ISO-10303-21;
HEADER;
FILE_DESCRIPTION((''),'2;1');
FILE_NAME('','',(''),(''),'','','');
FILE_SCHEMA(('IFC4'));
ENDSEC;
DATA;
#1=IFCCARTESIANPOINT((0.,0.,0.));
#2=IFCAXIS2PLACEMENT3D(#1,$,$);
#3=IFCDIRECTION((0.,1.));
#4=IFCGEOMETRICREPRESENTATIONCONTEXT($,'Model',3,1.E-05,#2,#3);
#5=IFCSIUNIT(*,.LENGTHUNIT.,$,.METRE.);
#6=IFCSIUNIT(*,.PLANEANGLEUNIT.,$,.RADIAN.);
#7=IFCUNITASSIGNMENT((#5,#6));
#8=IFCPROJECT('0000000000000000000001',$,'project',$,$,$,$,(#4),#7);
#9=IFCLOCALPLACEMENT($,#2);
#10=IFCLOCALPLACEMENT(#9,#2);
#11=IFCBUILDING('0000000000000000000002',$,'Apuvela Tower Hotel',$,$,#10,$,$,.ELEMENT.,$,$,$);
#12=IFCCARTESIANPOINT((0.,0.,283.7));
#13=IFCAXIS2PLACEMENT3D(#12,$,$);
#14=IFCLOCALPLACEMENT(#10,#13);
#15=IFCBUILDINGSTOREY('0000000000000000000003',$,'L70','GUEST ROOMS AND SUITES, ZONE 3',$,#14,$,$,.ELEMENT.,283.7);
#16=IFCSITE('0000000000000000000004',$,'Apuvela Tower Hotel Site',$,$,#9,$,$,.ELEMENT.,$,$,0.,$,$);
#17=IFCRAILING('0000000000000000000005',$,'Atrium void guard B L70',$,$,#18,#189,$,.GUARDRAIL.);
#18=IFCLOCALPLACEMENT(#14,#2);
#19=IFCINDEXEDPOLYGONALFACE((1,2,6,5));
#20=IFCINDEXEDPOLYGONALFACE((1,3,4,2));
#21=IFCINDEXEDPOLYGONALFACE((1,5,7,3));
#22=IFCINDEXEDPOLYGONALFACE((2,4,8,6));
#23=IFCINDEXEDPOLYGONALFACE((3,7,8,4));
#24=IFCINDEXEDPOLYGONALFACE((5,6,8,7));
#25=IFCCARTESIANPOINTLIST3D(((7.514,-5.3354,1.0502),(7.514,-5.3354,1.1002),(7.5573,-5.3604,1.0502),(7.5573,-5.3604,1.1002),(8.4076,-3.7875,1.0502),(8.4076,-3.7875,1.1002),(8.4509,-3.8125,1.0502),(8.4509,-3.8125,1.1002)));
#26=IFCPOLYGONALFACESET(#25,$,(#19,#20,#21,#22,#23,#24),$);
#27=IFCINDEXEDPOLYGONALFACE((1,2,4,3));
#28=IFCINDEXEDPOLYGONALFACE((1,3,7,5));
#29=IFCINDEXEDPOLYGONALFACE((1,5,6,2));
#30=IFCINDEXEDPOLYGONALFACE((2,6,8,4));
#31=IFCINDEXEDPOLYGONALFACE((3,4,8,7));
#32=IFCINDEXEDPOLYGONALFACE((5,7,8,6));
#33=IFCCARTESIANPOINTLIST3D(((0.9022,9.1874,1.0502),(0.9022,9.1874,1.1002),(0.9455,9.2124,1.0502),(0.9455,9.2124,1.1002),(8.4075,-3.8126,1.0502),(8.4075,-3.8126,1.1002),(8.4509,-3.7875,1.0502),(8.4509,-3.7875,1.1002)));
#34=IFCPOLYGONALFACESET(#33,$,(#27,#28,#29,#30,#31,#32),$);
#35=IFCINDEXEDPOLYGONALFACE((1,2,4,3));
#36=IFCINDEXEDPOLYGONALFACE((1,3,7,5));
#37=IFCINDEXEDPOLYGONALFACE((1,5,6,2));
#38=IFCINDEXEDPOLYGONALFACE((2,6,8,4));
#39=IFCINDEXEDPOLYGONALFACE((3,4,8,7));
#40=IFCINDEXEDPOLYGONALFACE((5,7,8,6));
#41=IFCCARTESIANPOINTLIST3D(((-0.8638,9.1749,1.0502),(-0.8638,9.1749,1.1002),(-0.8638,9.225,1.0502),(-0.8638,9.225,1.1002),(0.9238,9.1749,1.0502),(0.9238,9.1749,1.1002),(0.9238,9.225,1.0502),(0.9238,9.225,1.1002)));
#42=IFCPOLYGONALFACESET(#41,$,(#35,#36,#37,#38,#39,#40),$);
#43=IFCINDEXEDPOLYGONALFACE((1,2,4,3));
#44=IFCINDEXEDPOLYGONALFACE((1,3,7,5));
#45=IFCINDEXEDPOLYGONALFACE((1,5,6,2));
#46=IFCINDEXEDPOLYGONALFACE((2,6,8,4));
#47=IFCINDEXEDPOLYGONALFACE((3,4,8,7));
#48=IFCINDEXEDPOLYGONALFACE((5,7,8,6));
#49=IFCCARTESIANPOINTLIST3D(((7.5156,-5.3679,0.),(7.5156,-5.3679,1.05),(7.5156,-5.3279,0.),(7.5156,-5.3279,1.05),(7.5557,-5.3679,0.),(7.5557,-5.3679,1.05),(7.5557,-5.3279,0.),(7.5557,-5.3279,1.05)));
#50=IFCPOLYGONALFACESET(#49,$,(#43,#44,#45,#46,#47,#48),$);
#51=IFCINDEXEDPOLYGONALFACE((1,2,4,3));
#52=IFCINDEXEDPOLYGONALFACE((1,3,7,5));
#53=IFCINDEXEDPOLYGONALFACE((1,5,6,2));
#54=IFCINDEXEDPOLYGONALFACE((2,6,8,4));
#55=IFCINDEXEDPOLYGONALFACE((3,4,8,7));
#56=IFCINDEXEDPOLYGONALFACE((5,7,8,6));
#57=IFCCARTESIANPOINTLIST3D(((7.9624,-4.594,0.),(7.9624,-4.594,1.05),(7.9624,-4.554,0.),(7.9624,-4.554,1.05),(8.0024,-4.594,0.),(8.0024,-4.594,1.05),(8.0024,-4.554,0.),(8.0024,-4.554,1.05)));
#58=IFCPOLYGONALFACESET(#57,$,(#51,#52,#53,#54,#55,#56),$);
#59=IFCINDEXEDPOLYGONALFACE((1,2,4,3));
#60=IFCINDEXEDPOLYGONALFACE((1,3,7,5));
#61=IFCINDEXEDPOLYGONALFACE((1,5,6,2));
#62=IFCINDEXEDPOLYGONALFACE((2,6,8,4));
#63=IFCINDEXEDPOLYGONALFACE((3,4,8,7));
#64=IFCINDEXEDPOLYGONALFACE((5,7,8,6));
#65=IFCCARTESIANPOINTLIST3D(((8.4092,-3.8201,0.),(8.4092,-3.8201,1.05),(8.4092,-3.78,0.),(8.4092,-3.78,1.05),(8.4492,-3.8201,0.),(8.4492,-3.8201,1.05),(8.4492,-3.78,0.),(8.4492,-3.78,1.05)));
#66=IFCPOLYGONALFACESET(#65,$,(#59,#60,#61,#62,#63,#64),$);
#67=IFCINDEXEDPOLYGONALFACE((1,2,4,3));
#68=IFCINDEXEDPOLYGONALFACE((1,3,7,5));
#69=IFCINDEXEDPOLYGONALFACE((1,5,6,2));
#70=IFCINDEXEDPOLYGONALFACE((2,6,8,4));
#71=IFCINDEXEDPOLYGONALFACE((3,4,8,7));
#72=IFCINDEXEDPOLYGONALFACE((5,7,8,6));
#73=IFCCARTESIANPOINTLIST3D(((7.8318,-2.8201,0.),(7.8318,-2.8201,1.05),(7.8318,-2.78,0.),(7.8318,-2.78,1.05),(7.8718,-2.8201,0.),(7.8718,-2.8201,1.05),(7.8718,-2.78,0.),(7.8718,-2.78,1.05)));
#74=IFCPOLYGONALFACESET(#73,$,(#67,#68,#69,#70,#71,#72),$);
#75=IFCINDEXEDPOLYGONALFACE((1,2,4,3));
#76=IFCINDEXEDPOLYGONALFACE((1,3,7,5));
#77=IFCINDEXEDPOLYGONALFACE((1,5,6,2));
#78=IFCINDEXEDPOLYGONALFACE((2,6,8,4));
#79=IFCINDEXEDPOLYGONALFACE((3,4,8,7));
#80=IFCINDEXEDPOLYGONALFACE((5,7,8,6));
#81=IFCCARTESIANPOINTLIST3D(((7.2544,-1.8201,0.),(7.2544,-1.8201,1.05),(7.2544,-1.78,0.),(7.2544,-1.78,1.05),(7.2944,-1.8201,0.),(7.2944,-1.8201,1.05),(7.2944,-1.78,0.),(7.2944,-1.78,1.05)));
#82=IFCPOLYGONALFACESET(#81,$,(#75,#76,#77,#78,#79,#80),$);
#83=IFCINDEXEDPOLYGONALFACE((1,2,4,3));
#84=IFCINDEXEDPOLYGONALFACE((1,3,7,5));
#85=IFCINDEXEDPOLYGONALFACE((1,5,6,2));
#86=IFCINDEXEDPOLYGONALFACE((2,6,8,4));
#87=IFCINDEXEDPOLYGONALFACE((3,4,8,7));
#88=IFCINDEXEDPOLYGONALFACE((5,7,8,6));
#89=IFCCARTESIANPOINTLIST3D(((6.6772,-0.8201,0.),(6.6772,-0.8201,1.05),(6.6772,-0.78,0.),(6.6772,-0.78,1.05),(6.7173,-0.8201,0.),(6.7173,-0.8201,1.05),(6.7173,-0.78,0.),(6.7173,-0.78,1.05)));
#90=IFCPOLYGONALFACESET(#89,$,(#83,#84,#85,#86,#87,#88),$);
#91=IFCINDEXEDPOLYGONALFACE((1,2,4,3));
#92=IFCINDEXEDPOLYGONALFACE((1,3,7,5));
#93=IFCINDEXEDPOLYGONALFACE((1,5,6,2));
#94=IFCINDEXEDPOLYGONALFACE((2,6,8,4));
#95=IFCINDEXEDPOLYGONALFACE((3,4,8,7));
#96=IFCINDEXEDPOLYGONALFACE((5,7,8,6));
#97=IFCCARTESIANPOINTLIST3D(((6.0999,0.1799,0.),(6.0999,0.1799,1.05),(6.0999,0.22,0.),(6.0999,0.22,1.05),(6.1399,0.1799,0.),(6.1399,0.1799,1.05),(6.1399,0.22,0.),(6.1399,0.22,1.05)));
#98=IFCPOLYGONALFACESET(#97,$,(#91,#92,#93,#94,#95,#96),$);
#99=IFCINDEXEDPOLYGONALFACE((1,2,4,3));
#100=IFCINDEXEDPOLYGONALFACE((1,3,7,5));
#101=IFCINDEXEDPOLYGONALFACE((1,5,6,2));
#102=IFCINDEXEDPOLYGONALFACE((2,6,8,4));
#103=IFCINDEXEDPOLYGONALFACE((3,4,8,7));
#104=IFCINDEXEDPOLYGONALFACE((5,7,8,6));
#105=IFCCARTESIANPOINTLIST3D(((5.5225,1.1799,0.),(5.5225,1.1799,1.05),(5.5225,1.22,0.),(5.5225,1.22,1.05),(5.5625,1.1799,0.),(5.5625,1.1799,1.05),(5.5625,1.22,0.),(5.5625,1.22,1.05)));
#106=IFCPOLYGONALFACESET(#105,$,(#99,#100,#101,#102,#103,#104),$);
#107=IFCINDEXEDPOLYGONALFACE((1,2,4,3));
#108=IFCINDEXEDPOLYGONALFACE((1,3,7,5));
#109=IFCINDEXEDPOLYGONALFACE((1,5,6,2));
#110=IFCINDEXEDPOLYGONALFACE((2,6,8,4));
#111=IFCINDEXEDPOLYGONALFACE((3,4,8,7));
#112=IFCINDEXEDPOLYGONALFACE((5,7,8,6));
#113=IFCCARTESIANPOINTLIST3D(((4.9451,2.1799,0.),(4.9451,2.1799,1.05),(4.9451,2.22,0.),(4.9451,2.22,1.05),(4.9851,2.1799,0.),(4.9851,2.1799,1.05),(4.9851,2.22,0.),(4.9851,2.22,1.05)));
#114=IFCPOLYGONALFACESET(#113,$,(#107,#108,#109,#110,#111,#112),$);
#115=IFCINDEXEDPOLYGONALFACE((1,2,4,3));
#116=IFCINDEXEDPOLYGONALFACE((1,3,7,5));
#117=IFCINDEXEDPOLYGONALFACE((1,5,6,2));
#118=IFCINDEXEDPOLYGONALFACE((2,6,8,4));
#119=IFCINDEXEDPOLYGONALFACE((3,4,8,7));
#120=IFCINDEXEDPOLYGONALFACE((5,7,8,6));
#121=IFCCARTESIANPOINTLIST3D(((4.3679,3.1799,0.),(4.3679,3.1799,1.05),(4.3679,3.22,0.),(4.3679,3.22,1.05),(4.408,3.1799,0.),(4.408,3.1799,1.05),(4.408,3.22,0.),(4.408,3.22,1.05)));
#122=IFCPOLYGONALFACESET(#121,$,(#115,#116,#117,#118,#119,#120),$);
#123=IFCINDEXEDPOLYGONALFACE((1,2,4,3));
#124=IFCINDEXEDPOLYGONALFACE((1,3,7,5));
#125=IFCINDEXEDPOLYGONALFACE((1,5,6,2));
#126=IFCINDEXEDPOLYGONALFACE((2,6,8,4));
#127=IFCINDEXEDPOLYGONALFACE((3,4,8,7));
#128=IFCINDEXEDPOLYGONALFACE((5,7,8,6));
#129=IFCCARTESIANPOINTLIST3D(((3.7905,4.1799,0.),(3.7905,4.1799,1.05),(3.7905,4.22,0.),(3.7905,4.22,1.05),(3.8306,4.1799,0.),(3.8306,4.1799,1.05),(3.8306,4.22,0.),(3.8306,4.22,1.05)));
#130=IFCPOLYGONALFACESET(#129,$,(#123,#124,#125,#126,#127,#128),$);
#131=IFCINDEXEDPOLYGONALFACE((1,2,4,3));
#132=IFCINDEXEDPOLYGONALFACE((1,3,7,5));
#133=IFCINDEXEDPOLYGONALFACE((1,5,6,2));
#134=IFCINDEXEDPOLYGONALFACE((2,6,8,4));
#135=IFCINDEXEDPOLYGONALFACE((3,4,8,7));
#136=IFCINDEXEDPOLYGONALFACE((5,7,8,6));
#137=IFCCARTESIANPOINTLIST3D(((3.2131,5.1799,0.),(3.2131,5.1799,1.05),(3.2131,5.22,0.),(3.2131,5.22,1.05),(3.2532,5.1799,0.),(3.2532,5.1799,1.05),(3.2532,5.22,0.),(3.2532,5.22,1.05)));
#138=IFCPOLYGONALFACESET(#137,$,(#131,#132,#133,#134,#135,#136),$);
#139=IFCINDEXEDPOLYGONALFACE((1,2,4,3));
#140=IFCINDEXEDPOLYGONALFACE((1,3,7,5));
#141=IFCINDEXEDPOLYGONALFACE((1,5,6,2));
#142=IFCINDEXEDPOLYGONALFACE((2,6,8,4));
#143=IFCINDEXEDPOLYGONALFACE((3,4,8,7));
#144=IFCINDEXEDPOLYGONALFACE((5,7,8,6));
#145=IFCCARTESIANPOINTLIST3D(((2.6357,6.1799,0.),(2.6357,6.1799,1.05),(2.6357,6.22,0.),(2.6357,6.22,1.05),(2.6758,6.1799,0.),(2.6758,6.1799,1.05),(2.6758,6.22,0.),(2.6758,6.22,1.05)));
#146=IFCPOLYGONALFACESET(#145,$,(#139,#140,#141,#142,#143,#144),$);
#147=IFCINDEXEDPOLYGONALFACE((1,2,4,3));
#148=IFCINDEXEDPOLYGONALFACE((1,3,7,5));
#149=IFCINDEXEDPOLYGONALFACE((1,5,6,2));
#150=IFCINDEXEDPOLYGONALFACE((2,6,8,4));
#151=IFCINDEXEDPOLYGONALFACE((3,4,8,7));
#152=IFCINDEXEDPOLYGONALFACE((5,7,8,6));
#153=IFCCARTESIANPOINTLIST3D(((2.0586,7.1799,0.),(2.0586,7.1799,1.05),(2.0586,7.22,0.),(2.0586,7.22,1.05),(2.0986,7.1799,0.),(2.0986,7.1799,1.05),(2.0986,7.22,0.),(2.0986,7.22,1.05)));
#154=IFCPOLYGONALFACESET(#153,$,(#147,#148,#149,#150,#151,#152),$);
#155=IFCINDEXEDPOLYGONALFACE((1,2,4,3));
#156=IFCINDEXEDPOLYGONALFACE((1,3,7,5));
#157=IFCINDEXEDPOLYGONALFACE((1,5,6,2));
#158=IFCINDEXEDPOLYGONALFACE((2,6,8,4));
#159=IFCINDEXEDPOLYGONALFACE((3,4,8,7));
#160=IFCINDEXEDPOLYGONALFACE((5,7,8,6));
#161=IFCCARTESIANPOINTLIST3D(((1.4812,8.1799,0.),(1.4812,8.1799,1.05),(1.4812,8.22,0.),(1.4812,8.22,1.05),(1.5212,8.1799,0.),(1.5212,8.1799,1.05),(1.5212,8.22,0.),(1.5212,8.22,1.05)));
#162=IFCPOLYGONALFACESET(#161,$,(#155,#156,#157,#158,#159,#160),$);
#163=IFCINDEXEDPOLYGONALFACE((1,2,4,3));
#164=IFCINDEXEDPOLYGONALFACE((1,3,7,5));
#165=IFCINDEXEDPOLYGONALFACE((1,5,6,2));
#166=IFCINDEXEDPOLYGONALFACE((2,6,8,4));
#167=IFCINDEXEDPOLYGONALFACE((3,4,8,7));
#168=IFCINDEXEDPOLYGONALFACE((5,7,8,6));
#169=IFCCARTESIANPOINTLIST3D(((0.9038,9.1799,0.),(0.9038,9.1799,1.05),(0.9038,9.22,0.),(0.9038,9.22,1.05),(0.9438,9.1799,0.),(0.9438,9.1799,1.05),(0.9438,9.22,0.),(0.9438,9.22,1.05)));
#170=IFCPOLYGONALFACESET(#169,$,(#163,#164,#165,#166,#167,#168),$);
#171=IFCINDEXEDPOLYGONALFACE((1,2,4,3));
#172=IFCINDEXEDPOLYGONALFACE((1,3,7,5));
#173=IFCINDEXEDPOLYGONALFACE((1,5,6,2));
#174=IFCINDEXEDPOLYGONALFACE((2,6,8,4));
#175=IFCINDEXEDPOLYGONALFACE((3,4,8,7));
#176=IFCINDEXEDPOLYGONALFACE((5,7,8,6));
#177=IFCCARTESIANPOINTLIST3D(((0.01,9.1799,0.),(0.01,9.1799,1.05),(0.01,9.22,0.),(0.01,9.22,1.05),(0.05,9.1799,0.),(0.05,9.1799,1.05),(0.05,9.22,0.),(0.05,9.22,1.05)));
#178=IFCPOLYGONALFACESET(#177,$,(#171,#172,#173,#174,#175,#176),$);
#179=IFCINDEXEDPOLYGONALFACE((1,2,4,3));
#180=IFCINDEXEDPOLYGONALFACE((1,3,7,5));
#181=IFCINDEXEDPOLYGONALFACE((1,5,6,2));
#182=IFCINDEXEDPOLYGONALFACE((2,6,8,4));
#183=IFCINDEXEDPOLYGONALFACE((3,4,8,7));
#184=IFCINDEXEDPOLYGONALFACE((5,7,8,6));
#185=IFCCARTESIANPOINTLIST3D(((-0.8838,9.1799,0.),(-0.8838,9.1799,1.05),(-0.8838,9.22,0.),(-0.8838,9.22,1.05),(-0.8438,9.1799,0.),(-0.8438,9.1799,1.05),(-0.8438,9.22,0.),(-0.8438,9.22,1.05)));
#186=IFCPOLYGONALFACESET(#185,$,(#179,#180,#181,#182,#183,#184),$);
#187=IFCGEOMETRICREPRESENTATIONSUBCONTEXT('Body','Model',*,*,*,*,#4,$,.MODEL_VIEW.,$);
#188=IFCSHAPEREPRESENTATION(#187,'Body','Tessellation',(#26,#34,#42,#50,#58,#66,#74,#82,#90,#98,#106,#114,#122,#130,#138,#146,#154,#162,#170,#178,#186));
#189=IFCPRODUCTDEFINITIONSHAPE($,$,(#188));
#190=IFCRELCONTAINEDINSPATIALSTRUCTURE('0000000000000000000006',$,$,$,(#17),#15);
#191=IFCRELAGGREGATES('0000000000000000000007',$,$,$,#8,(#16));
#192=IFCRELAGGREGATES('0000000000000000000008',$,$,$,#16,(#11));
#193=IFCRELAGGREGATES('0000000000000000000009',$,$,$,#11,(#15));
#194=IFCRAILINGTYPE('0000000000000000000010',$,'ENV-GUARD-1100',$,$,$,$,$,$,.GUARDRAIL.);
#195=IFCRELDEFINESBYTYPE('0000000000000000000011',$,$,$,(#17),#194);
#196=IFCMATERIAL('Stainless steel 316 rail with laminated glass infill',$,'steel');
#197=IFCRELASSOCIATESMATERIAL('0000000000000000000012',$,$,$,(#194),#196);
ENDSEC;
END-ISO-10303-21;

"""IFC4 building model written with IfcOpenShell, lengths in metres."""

from ifc_helpers import new_model, si_unit, direction, frame, origin, origin_2d, place, context, subcontext, project, spatial, rectangle, extrude, material, type_object, element, save


model = new_model("IFC4")

# Units and contexts
model_context = context("Model", 3, precision=1e-05, world=origin(), true_north=direction((0.0, 1.0)))
body_context = subcontext(model_context, "Body", "Model", "MODEL_VIEW")
ifc_project = project(units=[si_unit("LENGTHUNIT", "METRE"), si_unit("PLANEANGLEUNIT", "RADIAN")], contexts=[model_context])

# Site, building, storey
site_placement = place(None, origin())
site = spatial("IfcSite", under=ifc_project, at=site_placement, Name="Apuvela Tower Hotel Site", CompositionType="ELEMENT", RefElevation=0.0)
building_placement = place(site_placement, origin())
building = spatial("IfcBuilding", under=site, at=building_placement, Name="Apuvela Tower Hotel", CompositionType="ELEMENT")
storey_placement = place(building_placement, frame((0.0, 0.0, 283.7)))
storey = spatial("IfcBuildingStorey", under=building, at=storey_placement, Name="L70", Description="GUEST ROOMS AND SUITES, ZONE 3", CompositionType="ELEMENT", Elevation=283.7)

# Railing
ifc_material_1 = material(Name="Stainless steel 316 rail with laminated glass infill", Category="steel")
railing_type_1 = type_object("IfcRailingType", Name="ENV-GUARD-1100", PredefinedType="GUARDRAIL", material=ifc_material_1)
railing_1_placement = place(storey_placement, frame((7.5356, -5.3479, 0.0)))
element("IfcRailing", 1, at=railing_1_placement, inside=storey, type_object=railing_type_1, Name="Atrium void guard B L70", PredefinedType="GUARDRAIL", context=body_context, shape_type="SweptSolid", body=[
    extrude(rectangle(XDim=0.05, YDim=0.05, at=origin_2d()), frame((0.0, 0.0, 1.0752), z_axis=(0.499959, 0.866049, 0.0), x_axis=(-0.866049, 0.499959, 0.0)), (0.0, 0.0, 1.0), 1.7874),
    extrude(rectangle(XDim=0.05, YDim=0.05, at=origin_2d()), frame((0.8936, 1.5479, 1.0752), z_axis=(-0.499991, 0.866031, 0.0), x_axis=(-0.866031, -0.499991, 0.0)), (0.0, 0.0, 1.0), 15.011),
    extrude(rectangle(XDim=0.05, YDim=0.05, at=origin_2d()), frame((-6.6118, 14.5479, 1.0752), z_axis=(-1.0, 0.0, 0.0), x_axis=(0.0, -1.0, 0.0)), (0.0, 0.0, 1.0), 1.7876),
    extrude(rectangle(XDim=0.04, YDim=0.04, at=origin_2d()), origin(), (0.0, 0.0, 1.0), 1.05),
    extrude(rectangle(XDim=0.04, YDim=0.04, at=origin_2d()), frame((0.4468, 0.7739, 0.0)), (0.0, 0.0, 1.0), 1.05),
    extrude(rectangle(XDim=0.04, YDim=0.04, at=origin_2d()), frame((0.8936, 1.5479, 0.0)), (0.0, 0.0, 1.0), 1.05),
    extrude(rectangle(XDim=0.04, YDim=0.04, at=origin_2d()), frame((0.3162, 2.5479, 0.0)), (0.0, 0.0, 1.0), 1.05),
    extrude(rectangle(XDim=0.04, YDim=0.04, at=origin_2d()), frame((-0.2612, 3.5479, 0.0)), (0.0, 0.0, 1.0), 1.05),
    extrude(rectangle(XDim=0.04, YDim=0.04, at=origin_2d()), frame((-0.8384, 4.5479, 0.0)), (0.0, 0.0, 1.0), 1.05),
    extrude(rectangle(XDim=0.04, YDim=0.04, at=origin_2d()), frame((-1.4158, 5.5479, 0.0)), (0.0, 0.0, 1.0), 1.05),
    extrude(rectangle(XDim=0.04, YDim=0.04, at=origin_2d()), frame((-1.9932, 6.5479, 0.0)), (0.0, 0.0, 1.0), 1.05),
    extrude(rectangle(XDim=0.04, YDim=0.04, at=origin_2d()), frame((-2.5706, 7.5479, 0.0)), (0.0, 0.0, 1.0), 1.05),
    extrude(rectangle(XDim=0.04, YDim=0.04, at=origin_2d()), frame((-3.1477, 8.5479, 0.0)), (0.0, 0.0, 1.0), 1.05),
    extrude(rectangle(XDim=0.04, YDim=0.04, at=origin_2d()), frame((-3.7251, 9.5479, 0.0)), (0.0, 0.0, 1.0), 1.05),
    extrude(rectangle(XDim=0.04, YDim=0.04, at=origin_2d()), frame((-4.3025, 10.5479, 0.0)), (0.0, 0.0, 1.0), 1.05),
    extrude(rectangle(XDim=0.04, YDim=0.04, at=origin_2d()), frame((-4.8799, 11.5479, 0.0)), (0.0, 0.0, 1.0), 1.05),
    extrude(rectangle(XDim=0.04, YDim=0.04, at=origin_2d()), frame((-5.457, 12.5479, 0.0)), (0.0, 0.0, 1.0), 1.05),
    extrude(rectangle(XDim=0.04, YDim=0.04, at=origin_2d()), frame((-6.0344, 13.5479, 0.0)), (0.0, 0.0, 1.0), 1.05),
    extrude(rectangle(XDim=0.04, YDim=0.04, at=origin_2d()), frame((-6.6118, 14.5479, 0.0)), (0.0, 0.0, 1.0), 1.05),
    extrude(rectangle(XDim=0.04, YDim=0.04, at=origin_2d()), frame((-7.5056, 14.5479, 0.0)), (0.0, 0.0, 1.0), 1.05),
    extrude(rectangle(XDim=0.04, YDim=0.04, at=origin_2d()), frame((-8.3994, 14.5479, 0.0)), (0.0, 0.0, 1.0), 1.05),
])

save(model, "model.ifc")
